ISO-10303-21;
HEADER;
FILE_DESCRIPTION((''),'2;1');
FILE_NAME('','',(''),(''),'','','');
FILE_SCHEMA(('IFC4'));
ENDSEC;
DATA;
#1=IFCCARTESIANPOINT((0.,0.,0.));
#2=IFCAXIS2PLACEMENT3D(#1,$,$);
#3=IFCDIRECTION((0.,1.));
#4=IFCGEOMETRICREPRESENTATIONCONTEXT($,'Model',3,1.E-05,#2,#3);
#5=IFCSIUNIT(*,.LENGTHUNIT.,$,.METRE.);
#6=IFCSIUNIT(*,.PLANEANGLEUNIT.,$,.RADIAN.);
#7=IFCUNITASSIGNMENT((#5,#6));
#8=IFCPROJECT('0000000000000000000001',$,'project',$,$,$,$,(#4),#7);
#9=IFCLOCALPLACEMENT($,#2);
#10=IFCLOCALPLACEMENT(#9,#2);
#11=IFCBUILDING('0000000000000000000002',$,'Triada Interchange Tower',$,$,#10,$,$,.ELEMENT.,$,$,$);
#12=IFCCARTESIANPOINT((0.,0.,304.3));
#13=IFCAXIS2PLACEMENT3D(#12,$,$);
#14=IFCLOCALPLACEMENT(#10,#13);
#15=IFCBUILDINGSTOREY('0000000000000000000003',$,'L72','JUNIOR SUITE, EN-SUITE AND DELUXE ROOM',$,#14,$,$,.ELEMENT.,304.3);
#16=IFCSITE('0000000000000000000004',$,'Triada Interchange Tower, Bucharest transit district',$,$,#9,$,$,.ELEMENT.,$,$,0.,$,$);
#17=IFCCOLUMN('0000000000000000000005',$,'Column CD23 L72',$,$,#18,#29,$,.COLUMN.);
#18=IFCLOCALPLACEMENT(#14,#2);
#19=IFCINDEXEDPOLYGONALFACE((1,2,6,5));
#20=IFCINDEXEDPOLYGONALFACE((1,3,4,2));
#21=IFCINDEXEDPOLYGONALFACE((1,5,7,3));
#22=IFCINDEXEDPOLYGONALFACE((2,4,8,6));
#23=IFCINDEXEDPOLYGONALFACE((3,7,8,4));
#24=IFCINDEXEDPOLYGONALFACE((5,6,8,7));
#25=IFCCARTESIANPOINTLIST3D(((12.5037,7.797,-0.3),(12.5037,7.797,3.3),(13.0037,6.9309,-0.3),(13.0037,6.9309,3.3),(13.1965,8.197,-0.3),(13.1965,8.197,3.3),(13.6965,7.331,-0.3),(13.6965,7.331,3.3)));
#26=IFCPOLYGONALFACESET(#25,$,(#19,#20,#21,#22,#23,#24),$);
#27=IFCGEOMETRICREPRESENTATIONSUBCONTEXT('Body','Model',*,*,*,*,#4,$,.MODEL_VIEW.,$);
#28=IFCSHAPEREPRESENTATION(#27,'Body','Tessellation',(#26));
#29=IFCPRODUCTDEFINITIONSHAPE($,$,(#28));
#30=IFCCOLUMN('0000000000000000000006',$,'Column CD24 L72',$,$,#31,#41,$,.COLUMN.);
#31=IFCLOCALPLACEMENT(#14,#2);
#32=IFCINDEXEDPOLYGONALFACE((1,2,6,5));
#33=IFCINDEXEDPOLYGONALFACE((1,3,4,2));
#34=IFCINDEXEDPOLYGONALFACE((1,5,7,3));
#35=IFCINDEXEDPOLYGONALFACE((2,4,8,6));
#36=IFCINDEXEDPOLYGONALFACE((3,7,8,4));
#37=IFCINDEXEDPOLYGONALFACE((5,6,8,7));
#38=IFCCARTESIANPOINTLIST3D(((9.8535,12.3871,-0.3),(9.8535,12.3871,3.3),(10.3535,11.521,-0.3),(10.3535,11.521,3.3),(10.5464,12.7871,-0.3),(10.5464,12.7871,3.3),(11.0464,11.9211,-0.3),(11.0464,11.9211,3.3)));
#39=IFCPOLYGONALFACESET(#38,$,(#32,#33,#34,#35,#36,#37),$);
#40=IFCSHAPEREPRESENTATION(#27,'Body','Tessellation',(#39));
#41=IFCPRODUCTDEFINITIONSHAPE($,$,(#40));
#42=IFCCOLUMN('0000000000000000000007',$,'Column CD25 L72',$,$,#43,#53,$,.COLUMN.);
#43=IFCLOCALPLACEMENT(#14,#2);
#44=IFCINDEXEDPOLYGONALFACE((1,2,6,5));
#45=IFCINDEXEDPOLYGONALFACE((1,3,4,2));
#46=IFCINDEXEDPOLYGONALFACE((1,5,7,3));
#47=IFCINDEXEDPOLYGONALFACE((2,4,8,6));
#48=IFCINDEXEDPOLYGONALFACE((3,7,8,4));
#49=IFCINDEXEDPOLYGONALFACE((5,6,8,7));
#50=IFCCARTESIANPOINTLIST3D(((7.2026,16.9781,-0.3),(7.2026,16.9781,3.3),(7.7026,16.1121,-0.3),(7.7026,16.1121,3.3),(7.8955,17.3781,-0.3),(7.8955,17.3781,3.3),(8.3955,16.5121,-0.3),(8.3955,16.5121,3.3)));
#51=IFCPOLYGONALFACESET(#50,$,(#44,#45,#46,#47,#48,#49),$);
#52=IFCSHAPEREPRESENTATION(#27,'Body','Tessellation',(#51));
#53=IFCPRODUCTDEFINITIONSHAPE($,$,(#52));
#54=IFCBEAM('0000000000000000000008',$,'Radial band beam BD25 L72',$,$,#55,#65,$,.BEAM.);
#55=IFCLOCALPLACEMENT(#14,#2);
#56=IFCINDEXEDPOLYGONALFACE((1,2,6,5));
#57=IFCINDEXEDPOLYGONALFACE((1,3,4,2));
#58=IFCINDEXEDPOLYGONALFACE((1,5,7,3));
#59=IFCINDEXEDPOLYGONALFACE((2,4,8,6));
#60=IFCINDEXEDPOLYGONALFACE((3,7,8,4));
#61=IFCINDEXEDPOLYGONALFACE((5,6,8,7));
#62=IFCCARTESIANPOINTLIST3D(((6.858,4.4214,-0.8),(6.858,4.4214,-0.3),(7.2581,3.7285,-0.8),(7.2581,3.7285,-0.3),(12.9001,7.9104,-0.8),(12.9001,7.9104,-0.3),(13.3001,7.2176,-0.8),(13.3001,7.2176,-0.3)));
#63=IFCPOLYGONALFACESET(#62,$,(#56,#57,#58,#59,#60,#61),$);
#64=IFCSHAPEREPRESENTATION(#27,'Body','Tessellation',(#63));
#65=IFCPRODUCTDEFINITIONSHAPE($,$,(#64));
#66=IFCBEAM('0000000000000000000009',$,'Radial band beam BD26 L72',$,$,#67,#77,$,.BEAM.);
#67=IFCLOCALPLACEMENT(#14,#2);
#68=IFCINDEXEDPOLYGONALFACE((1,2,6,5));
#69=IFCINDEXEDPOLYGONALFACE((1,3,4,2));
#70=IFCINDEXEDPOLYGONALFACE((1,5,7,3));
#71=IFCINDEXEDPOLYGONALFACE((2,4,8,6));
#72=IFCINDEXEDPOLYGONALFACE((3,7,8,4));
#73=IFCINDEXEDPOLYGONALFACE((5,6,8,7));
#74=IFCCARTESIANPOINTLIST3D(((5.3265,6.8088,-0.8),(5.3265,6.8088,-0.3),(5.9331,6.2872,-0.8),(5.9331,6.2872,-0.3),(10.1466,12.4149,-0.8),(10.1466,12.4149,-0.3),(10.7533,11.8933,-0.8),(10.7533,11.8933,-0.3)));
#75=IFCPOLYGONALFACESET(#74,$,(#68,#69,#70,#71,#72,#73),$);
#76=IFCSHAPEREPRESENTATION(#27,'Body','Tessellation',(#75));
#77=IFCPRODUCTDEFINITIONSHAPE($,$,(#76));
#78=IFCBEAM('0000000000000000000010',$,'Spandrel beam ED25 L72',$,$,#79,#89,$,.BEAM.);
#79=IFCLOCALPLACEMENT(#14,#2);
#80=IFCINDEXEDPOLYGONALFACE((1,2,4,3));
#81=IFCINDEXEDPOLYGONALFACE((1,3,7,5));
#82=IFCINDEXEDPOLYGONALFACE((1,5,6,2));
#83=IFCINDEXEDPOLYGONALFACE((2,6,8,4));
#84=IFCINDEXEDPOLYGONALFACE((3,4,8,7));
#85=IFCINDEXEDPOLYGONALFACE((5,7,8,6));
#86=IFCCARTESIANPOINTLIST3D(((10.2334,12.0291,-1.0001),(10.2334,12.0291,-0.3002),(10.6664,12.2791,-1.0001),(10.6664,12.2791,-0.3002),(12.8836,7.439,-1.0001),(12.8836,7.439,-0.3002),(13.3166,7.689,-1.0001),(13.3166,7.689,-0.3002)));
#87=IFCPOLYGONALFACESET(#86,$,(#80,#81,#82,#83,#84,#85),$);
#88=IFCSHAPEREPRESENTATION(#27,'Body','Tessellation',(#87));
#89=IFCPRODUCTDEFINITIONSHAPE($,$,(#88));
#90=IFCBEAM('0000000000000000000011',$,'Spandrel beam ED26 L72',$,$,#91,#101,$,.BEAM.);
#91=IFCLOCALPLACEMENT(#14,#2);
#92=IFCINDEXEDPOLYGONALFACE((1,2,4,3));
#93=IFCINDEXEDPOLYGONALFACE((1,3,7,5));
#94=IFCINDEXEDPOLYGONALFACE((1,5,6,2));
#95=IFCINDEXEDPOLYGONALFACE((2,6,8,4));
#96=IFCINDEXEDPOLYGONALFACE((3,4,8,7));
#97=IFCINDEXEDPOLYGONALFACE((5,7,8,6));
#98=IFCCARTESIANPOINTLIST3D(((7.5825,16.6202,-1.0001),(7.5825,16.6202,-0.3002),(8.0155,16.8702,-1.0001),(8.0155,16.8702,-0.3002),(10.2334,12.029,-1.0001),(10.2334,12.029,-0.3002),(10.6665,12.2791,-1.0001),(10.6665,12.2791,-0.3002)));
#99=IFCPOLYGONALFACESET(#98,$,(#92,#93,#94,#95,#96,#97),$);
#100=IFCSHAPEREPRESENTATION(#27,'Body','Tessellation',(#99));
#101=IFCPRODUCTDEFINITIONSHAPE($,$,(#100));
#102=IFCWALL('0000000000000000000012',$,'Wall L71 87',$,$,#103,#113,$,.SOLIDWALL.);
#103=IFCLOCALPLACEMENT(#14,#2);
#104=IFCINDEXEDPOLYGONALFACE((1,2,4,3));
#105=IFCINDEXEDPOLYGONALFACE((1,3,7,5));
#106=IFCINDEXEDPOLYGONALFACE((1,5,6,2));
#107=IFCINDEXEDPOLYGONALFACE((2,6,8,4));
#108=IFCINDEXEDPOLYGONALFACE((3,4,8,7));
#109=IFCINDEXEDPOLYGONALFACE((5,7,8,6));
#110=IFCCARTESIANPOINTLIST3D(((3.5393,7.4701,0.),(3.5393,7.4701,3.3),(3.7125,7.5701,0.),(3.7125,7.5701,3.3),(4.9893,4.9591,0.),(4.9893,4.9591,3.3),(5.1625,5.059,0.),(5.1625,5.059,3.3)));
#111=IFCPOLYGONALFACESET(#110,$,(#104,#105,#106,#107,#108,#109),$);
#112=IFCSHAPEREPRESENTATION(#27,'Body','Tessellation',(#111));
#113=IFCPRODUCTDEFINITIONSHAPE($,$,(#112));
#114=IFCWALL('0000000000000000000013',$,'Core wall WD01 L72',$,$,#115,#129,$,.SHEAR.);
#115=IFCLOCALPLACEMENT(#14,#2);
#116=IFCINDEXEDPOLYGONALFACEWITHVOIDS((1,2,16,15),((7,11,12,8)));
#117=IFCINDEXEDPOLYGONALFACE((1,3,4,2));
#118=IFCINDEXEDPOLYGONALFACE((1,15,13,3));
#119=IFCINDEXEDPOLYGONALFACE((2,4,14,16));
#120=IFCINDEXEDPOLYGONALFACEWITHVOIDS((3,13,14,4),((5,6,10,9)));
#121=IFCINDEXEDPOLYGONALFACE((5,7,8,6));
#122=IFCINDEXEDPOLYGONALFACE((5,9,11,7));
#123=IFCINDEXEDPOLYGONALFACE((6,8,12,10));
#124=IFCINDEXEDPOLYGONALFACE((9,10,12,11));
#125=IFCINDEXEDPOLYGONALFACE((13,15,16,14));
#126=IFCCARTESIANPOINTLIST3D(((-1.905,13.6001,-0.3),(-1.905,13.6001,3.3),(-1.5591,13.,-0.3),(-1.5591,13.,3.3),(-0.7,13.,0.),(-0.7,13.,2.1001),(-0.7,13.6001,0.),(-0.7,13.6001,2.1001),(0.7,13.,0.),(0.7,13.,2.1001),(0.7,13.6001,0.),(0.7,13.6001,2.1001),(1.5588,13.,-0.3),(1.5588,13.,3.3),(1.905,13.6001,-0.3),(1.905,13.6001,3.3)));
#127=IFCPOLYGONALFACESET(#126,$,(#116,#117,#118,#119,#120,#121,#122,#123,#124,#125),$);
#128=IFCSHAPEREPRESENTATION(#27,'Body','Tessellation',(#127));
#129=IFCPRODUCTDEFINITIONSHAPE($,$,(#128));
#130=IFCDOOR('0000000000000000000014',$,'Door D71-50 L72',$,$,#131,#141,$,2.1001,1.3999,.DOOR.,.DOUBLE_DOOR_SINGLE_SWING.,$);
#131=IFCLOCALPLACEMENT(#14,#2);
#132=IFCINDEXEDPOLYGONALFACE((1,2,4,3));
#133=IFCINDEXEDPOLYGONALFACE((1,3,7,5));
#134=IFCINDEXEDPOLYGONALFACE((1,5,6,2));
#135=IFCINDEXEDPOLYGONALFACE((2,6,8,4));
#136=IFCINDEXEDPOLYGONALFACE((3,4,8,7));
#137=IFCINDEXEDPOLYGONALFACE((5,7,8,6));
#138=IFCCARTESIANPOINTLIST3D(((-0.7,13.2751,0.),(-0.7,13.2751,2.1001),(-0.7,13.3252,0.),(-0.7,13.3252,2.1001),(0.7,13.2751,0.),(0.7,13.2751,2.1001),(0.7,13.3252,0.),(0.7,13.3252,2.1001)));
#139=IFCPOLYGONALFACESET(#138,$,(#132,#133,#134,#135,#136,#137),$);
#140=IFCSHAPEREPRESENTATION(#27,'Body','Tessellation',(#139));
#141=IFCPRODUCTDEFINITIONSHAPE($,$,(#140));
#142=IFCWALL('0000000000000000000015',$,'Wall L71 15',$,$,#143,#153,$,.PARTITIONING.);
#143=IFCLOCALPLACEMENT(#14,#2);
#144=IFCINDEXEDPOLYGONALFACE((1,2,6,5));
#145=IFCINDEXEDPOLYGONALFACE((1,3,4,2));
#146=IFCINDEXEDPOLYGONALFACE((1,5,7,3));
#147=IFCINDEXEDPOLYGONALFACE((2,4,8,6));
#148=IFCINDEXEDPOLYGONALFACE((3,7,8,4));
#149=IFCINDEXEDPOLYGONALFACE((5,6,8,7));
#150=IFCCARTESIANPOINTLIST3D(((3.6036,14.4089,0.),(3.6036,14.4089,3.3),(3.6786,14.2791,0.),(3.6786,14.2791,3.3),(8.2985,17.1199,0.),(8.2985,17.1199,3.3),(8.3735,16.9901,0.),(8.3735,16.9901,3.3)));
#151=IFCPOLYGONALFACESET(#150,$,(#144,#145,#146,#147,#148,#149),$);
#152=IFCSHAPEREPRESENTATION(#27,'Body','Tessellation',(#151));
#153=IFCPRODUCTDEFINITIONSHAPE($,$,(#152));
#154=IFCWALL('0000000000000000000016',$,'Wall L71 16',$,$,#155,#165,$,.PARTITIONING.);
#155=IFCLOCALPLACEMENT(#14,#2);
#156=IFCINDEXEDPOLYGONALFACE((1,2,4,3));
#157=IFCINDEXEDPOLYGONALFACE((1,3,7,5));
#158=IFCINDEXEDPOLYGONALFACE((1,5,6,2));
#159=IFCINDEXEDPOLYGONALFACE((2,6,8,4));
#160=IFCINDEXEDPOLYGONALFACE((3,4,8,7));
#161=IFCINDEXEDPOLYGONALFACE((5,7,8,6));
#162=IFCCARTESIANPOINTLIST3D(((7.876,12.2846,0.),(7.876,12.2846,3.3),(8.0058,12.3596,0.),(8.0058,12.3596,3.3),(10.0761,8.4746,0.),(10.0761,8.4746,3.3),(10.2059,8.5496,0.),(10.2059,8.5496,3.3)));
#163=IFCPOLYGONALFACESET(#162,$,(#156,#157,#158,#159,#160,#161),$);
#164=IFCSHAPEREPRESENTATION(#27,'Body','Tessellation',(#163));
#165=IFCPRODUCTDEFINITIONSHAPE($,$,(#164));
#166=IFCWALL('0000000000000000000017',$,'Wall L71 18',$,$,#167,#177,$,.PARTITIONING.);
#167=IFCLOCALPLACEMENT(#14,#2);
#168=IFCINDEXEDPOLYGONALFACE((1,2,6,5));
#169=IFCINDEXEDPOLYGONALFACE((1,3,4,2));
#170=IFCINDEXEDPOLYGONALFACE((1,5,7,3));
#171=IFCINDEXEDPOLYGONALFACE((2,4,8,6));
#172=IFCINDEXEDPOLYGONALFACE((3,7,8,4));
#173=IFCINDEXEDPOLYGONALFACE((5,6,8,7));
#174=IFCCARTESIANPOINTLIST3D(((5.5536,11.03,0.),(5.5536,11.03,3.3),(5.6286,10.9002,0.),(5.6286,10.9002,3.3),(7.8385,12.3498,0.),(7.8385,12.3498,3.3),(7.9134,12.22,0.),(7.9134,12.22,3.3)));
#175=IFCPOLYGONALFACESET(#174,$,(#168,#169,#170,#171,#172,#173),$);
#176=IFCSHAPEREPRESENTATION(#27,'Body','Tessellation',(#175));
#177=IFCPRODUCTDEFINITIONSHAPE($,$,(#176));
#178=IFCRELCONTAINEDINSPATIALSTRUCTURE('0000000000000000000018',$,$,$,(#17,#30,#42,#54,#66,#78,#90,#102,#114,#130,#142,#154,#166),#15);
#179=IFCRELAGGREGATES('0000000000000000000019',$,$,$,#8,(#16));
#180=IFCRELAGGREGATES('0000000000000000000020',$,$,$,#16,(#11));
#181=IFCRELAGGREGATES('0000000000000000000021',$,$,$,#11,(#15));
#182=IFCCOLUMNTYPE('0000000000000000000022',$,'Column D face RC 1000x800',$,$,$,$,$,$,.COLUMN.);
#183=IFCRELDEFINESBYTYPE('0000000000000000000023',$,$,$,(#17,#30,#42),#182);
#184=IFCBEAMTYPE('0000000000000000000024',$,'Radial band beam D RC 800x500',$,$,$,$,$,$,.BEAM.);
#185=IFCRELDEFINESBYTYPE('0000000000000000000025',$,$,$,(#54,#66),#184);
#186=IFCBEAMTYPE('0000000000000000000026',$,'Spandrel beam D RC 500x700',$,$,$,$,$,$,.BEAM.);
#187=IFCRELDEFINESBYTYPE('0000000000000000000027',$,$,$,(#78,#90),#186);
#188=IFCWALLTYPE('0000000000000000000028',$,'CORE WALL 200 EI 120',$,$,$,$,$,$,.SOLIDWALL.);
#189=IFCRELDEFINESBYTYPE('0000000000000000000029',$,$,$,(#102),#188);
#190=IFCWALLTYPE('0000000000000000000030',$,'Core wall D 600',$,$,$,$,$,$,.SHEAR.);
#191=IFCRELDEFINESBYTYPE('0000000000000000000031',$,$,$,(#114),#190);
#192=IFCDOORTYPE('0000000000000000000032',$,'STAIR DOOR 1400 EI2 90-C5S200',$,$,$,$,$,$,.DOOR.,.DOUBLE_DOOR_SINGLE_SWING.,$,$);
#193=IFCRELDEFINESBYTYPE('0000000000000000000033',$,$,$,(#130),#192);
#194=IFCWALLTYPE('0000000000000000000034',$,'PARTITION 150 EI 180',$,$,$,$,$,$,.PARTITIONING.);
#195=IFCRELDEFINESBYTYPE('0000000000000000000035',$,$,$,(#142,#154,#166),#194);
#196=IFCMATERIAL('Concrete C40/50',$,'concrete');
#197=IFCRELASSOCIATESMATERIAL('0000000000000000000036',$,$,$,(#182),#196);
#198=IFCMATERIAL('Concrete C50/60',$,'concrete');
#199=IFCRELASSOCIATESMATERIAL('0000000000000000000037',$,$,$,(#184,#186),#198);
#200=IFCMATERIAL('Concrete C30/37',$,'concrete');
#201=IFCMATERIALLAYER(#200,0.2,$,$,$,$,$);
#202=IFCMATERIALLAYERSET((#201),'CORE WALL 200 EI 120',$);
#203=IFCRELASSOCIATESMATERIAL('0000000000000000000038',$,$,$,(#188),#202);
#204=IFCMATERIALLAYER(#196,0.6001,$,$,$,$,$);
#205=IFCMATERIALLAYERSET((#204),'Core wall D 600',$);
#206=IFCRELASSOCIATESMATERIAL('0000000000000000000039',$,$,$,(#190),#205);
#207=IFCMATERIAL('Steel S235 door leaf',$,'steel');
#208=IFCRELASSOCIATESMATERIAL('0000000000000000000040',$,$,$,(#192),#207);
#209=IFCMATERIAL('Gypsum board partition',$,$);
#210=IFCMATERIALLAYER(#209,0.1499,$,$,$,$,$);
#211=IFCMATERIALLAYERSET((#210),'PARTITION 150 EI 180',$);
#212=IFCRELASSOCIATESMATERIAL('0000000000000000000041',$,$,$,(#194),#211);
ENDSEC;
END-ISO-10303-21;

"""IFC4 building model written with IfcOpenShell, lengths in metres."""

from ifc_helpers import new_model, si_unit, direction, frame, frame_2d, origin, origin_2d, place, context, subcontext, project, spatial, polyline, rectangle, outline, extrude, material, layer, layer_set, material_profile, profile_set, type_object, element, fill, save


model = new_model("IFC4")

# Units and contexts
model_context = context("Model", 3, precision=1e-05, world=origin(), true_north=direction((0.0, 1.0)))
body_context = subcontext(model_context, "Body", "Model", "MODEL_VIEW")
ifc_project = project(units=[si_unit("LENGTHUNIT", "METRE"), si_unit("PLANEANGLEUNIT", "RADIAN")], contexts=[model_context])

# Site, building, storey
site_placement = place(None, origin())
site = spatial("IfcSite", under=ifc_project, at=site_placement, Name="Triada Interchange Tower, Bucharest transit district", CompositionType="ELEMENT", RefElevation=0.0)
building_placement = place(site_placement, origin())
building = spatial("IfcBuilding", under=site, at=building_placement, Name="Triada Interchange Tower", CompositionType="ELEMENT")
storey_placement = place(building_placement, frame((0.0, 0.0, 304.3)))
storey = spatial("IfcBuildingStorey", under=building, at=storey_placement, Name="L72", Description="JUNIOR SUITE, EN-SUITE AND DELUXE ROOM", CompositionType="ELEMENT", Elevation=304.3)

# Columns
ifc_material_1 = material(Name="Concrete C40/50", Category="concrete")
ifc_material_profile_1 = material_profile(ifc_material_1, rectangle(XDim=1.0, YDim=0.8, at=origin_2d()), Name="RC 1000x800")
ifc_profile_set_1 = profile_set([ifc_material_profile_1], Name="Concrete C40/50")
column_type = type_object("IfcColumnType", Name="Column D face RC 1000x800", PredefinedType="COLUMN", material=ifc_profile_set_1)
for number, where, z_axis, x_axis, name in (
    (1, (13.1001, 7.564, -0.3), (0.0, 0.0, 1.0), (-0.5, 0.866025, 0.0), "Column CD23 L72"),
    (2, (10.45, 12.1541, -0.3), (0.0, 0.0, 1.0), (-0.5, 0.866025, 0.0), "Column CD24 L72"),
    (3, (7.7991, 16.7451, -0.3), (0.0, 0.0, 1.0), (-0.5, 0.866025, 0.0), "Column CD25 L72"),
):
    element("IfcColumn", number, at=place(storey_placement, frame(where, z_axis=z_axis, x_axis=x_axis)), inside=storey, type_object=column_type, Name=name, PredefinedType="COLUMN", context=body_context, shape_type="SweptSolid", body=[
        extrude(rectangle(XDim=1.0, YDim=0.8, at=origin_2d()), origin(), (0.0, 0.0, 1.0), 3.6001),
    ])

# Beams
ifc_material_2 = material(Name="Concrete C50/60", Category="concrete")
ifc_material_profile_2 = material_profile(ifc_material_2, rectangle(XDim=0.8, YDim=0.5, at=origin_2d()), Name="RC 800x500")
ifc_profile_set_2 = profile_set([ifc_material_profile_2], Name="Concrete C50/60")
beam_type_1 = type_object("IfcBeamType", Name="Radial band beam D RC 800x500", PredefinedType="BEAM", material=ifc_profile_set_2)
beam_1_placement = place(storey_placement, frame((13.1001, 7.564, -0.55), z_axis=(-0.865984, -0.500072, 0.0), x_axis=(0.500072, -0.865984, 0.0)))
element("IfcBeam", 4, at=beam_1_placement, inside=storey, type_object=beam_type_1, Name="Radial band beam BD25 L72", PredefinedType="BEAM", context=body_context, shape_type="SweptSolid", body=[
    extrude(rectangle(XDim=0.8, YDim=0.5, at=origin_2d()), origin(), (0.0, 0.0, 1.0), 6.9771),
])
beam_2_placement = place(storey_placement, frame((10.45, 12.1541, -0.55), z_axis=(-0.651957, -0.758256, 0.0), x_axis=(0.758256, -0.651957, 0.0)))
element("IfcBeam", 5, at=beam_2_placement, inside=storey, type_object=beam_type_1, Name="Radial band beam BD26 L72", PredefinedType="BEAM", context=body_context, shape_type="SweptSolid", body=[
    extrude(rectangle(XDim=0.8, YDim=0.5, at=origin_2d()), origin(), (0.0, 0.0, 1.0), 7.3933),
])
ifc_material_profile_3 = material_profile(ifc_material_2, rectangle(XDim=0.5, YDim=0.7, at=origin_2d()), Name="RC 500x700")
ifc_profile_set_3 = profile_set([ifc_material_profile_3], Name="Concrete C50/60")
beam_type_2 = type_object("IfcBeamType", Name="Spandrel beam D RC 500x700", PredefinedType="BEAM", material=ifc_profile_set_3)
beam_3_placement = place(storey_placement, frame((13.1001, 7.564, -0.6501), z_axis=(-0.500008, 0.866021, 0.0), x_axis=(-0.866021, -0.500008, 0.0)))
element("IfcBeam", 6, at=beam_3_placement, inside=storey, type_object=beam_type_2, Name="Spandrel beam ED25 L72", PredefinedType="BEAM", context=body_context, shape_type="SweptSolid", body=[
    extrude(rectangle(XDim=0.5, YDim=0.7, at=origin_2d()), origin(), (0.0, 0.0, 1.0), 5.3003),
])
beam_4_placement = place(storey_placement, frame((10.45, 12.1541, -0.6501), z_axis=(-0.500032, 0.866007, 0.0), x_axis=(-0.866007, -0.500032, 0.0)))
element("IfcBeam", 7, at=beam_4_placement, inside=storey, type_object=beam_type_2, Name="Spandrel beam ED26 L72", PredefinedType="BEAM", context=body_context, shape_type="SweptSolid", body=[
    extrude(rectangle(XDim=0.5, YDim=0.7, at=origin_2d()), origin(), (0.0, 0.0, 1.0), 5.3015),
])

# Wall
ifc_material_3 = material(Name="Concrete C30/37", Category="concrete")
ifc_layer_1 = layer(ifc_material_3, 0.2)
ifc_layer_set_1 = layer_set([ifc_layer_1], Name="CORE WALL 200 EI 120")
wall_type_1 = type_object("IfcWallType", Name="CORE WALL 200 EI 120", PredefinedType="SOLIDWALL", material=ifc_layer_set_1)
wall_1_placement = place(storey_placement, frame((3.626, 7.52, 0.0), z_axis=(0.0, 0.0, 1.0), x_axis=(0.50006, -0.865991, 0.0)))
element("IfcWall", 8, at=wall_1_placement, inside=storey, type_object=wall_type_1, Name="Wall L71 87", PredefinedType="SOLIDWALL", context=body_context, shape_type="SweptSolid", body=[
    extrude(rectangle(XDim=2.8997, YDim=0.2, at=frame_2d((1.4497, 0.0))), origin(), (0.0, 0.0, 1.0), 3.3),
])

# Wall, opening, door
ifc_layer_2 = layer(ifc_material_1, 0.6001)
ifc_layer_set_2 = layer_set([ifc_layer_2], Name="Core wall D 600")
wall_type_2 = type_object("IfcWallType", Name="Core wall D 600", PredefinedType="SHEAR", material=ifc_layer_set_2)
wall_2_placement = place(storey_placement, frame((1.7319, 13.3, -0.3), z_axis=(0.0, 0.0, 1.0), x_axis=(-1.0, 0.0, 0.0)))
wall_2 = element("IfcWall", 9, at=wall_2_placement, inside=storey, type_object=wall_type_2, Name="Core wall WD01 L72", PredefinedType="SHEAR", context=body_context, shape_type="SweptSolid", body=[
    extrude(outline(polyline([(-0.1731, -0.3), (1.7319, -0.3), (3.637, -0.3), (3.291, 0.3), (1.7319, 0.3), (0.1731, 0.3), (-0.1731, -0.3)])), origin(), (0.0, 0.0, 1.0), 3.6001),
])
opening_1_placement = place(wall_2_placement, frame((1.032, 0.0, 0.3)))
opening_1 = element("IfcOpeningElement", 10, at=opening_1_placement, cuts=wall_2, PredefinedType="OPENING", context=body_context, shape_type="SweptSolid", body=[
    extrude(rectangle(XDim=1.3999, YDim=2.1001, at=frame_2d((0.7, 1.05))), frame((0.0, 0.3101, 0.0), z_axis=(0.0, -1.0, 0.0), x_axis=(1.0, 0.0, 0.0)), (0.0, 0.0, 1.0), 0.6201),
])
ifc_material_4 = material(Name="Steel S235 door leaf", Category="steel")
door_type_1 = type_object("IfcDoorType", Name="STAIR DOOR 1400 EI2 90-C5S200", OperationType="DOUBLE_DOOR_SINGLE_SWING", PredefinedType="DOOR", material=ifc_material_4)
door_1_placement = place(opening_1_placement, origin())
door_1 = element("IfcDoor", 11, at=door_1_placement, inside=storey, type_object=door_type_1, Name="Door D71-50 L72", OperationType="DOUBLE_DOOR_SINGLE_SWING", OverallHeight=2.1001, OverallWidth=1.3999, PredefinedType="DOOR", context=body_context, shape_type="SweptSolid", body=[
    extrude(rectangle(XDim=1.3999, YDim=2.1001, at=frame_2d((0.7, 1.05))), frame((0.0, 0.0249, 0.0), z_axis=(0.0, -1.0, 0.0), x_axis=(1.0, 0.0, 0.0)), (0.0, 0.0, 1.0), 0.05),
])
fill(opening_1, door_1)

# Walls
ifc_material_5 = material(Name="Gypsum board partition")
ifc_layer_3 = layer(ifc_material_5, 0.1499)
ifc_layer_set_3 = layer_set([ifc_layer_3], Name="PARTITION 150 EI 180")
wall_type_3 = type_object("IfcWallType", Name="PARTITION 150 EI 180", PredefinedType="PARTITIONING", material=ifc_layer_set_3)
wall_3_placement = place(storey_placement, frame((3.6411, 14.344, 0.0), z_axis=(0.0, 0.0, 1.0), x_axis=(0.865995, 0.500052, 0.0)))
element("IfcWall", 12, at=wall_3_placement, inside=storey, type_object=wall_type_3, Name="Wall L71 15", PredefinedType="PARTITIONING", context=body_context, shape_type="SweptSolid", body=[
    extrude(rectangle(XDim=5.4214, YDim=0.1499, at=frame_2d((2.7107, 0.0))), origin(), (0.0, 0.0, 1.0), 3.3),
])
wall_4_placement = place(storey_placement, frame((7.9409, 12.322, 0.0), z_axis=(0.0, 0.0, 1.0), x_axis=(0.500078, -0.86598, 0.0)))
element("IfcWall", 13, at=wall_4_placement, inside=storey, type_object=wall_type_3, Name="Wall L71 16", PredefinedType="PARTITIONING", context=body_context, shape_type="SweptSolid", body=[
    extrude(rectangle(XDim=4.3997, YDim=0.1499, at=frame_2d((2.1997, 0.0))), origin(), (0.0, 0.0, 1.0), 3.3),
])
wall_5_placement = place(storey_placement, frame((5.5911, 10.9651, 0.0), z_axis=(0.0, 0.0, 1.0), x_axis=(0.865922, 0.500179, 0.0)))
element("IfcWall", 14, at=wall_5_placement, inside=storey, type_object=wall_type_3, Name="Wall L71 18", PredefinedType="PARTITIONING", context=body_context, shape_type="SweptSolid", body=[
    extrude(rectangle(XDim=2.6387, YDim=0.1499, at=frame_2d((1.3193, 0.0))), origin(), (0.0, 0.0, 1.0), 3.3),
])

save(model, "model.ifc")
